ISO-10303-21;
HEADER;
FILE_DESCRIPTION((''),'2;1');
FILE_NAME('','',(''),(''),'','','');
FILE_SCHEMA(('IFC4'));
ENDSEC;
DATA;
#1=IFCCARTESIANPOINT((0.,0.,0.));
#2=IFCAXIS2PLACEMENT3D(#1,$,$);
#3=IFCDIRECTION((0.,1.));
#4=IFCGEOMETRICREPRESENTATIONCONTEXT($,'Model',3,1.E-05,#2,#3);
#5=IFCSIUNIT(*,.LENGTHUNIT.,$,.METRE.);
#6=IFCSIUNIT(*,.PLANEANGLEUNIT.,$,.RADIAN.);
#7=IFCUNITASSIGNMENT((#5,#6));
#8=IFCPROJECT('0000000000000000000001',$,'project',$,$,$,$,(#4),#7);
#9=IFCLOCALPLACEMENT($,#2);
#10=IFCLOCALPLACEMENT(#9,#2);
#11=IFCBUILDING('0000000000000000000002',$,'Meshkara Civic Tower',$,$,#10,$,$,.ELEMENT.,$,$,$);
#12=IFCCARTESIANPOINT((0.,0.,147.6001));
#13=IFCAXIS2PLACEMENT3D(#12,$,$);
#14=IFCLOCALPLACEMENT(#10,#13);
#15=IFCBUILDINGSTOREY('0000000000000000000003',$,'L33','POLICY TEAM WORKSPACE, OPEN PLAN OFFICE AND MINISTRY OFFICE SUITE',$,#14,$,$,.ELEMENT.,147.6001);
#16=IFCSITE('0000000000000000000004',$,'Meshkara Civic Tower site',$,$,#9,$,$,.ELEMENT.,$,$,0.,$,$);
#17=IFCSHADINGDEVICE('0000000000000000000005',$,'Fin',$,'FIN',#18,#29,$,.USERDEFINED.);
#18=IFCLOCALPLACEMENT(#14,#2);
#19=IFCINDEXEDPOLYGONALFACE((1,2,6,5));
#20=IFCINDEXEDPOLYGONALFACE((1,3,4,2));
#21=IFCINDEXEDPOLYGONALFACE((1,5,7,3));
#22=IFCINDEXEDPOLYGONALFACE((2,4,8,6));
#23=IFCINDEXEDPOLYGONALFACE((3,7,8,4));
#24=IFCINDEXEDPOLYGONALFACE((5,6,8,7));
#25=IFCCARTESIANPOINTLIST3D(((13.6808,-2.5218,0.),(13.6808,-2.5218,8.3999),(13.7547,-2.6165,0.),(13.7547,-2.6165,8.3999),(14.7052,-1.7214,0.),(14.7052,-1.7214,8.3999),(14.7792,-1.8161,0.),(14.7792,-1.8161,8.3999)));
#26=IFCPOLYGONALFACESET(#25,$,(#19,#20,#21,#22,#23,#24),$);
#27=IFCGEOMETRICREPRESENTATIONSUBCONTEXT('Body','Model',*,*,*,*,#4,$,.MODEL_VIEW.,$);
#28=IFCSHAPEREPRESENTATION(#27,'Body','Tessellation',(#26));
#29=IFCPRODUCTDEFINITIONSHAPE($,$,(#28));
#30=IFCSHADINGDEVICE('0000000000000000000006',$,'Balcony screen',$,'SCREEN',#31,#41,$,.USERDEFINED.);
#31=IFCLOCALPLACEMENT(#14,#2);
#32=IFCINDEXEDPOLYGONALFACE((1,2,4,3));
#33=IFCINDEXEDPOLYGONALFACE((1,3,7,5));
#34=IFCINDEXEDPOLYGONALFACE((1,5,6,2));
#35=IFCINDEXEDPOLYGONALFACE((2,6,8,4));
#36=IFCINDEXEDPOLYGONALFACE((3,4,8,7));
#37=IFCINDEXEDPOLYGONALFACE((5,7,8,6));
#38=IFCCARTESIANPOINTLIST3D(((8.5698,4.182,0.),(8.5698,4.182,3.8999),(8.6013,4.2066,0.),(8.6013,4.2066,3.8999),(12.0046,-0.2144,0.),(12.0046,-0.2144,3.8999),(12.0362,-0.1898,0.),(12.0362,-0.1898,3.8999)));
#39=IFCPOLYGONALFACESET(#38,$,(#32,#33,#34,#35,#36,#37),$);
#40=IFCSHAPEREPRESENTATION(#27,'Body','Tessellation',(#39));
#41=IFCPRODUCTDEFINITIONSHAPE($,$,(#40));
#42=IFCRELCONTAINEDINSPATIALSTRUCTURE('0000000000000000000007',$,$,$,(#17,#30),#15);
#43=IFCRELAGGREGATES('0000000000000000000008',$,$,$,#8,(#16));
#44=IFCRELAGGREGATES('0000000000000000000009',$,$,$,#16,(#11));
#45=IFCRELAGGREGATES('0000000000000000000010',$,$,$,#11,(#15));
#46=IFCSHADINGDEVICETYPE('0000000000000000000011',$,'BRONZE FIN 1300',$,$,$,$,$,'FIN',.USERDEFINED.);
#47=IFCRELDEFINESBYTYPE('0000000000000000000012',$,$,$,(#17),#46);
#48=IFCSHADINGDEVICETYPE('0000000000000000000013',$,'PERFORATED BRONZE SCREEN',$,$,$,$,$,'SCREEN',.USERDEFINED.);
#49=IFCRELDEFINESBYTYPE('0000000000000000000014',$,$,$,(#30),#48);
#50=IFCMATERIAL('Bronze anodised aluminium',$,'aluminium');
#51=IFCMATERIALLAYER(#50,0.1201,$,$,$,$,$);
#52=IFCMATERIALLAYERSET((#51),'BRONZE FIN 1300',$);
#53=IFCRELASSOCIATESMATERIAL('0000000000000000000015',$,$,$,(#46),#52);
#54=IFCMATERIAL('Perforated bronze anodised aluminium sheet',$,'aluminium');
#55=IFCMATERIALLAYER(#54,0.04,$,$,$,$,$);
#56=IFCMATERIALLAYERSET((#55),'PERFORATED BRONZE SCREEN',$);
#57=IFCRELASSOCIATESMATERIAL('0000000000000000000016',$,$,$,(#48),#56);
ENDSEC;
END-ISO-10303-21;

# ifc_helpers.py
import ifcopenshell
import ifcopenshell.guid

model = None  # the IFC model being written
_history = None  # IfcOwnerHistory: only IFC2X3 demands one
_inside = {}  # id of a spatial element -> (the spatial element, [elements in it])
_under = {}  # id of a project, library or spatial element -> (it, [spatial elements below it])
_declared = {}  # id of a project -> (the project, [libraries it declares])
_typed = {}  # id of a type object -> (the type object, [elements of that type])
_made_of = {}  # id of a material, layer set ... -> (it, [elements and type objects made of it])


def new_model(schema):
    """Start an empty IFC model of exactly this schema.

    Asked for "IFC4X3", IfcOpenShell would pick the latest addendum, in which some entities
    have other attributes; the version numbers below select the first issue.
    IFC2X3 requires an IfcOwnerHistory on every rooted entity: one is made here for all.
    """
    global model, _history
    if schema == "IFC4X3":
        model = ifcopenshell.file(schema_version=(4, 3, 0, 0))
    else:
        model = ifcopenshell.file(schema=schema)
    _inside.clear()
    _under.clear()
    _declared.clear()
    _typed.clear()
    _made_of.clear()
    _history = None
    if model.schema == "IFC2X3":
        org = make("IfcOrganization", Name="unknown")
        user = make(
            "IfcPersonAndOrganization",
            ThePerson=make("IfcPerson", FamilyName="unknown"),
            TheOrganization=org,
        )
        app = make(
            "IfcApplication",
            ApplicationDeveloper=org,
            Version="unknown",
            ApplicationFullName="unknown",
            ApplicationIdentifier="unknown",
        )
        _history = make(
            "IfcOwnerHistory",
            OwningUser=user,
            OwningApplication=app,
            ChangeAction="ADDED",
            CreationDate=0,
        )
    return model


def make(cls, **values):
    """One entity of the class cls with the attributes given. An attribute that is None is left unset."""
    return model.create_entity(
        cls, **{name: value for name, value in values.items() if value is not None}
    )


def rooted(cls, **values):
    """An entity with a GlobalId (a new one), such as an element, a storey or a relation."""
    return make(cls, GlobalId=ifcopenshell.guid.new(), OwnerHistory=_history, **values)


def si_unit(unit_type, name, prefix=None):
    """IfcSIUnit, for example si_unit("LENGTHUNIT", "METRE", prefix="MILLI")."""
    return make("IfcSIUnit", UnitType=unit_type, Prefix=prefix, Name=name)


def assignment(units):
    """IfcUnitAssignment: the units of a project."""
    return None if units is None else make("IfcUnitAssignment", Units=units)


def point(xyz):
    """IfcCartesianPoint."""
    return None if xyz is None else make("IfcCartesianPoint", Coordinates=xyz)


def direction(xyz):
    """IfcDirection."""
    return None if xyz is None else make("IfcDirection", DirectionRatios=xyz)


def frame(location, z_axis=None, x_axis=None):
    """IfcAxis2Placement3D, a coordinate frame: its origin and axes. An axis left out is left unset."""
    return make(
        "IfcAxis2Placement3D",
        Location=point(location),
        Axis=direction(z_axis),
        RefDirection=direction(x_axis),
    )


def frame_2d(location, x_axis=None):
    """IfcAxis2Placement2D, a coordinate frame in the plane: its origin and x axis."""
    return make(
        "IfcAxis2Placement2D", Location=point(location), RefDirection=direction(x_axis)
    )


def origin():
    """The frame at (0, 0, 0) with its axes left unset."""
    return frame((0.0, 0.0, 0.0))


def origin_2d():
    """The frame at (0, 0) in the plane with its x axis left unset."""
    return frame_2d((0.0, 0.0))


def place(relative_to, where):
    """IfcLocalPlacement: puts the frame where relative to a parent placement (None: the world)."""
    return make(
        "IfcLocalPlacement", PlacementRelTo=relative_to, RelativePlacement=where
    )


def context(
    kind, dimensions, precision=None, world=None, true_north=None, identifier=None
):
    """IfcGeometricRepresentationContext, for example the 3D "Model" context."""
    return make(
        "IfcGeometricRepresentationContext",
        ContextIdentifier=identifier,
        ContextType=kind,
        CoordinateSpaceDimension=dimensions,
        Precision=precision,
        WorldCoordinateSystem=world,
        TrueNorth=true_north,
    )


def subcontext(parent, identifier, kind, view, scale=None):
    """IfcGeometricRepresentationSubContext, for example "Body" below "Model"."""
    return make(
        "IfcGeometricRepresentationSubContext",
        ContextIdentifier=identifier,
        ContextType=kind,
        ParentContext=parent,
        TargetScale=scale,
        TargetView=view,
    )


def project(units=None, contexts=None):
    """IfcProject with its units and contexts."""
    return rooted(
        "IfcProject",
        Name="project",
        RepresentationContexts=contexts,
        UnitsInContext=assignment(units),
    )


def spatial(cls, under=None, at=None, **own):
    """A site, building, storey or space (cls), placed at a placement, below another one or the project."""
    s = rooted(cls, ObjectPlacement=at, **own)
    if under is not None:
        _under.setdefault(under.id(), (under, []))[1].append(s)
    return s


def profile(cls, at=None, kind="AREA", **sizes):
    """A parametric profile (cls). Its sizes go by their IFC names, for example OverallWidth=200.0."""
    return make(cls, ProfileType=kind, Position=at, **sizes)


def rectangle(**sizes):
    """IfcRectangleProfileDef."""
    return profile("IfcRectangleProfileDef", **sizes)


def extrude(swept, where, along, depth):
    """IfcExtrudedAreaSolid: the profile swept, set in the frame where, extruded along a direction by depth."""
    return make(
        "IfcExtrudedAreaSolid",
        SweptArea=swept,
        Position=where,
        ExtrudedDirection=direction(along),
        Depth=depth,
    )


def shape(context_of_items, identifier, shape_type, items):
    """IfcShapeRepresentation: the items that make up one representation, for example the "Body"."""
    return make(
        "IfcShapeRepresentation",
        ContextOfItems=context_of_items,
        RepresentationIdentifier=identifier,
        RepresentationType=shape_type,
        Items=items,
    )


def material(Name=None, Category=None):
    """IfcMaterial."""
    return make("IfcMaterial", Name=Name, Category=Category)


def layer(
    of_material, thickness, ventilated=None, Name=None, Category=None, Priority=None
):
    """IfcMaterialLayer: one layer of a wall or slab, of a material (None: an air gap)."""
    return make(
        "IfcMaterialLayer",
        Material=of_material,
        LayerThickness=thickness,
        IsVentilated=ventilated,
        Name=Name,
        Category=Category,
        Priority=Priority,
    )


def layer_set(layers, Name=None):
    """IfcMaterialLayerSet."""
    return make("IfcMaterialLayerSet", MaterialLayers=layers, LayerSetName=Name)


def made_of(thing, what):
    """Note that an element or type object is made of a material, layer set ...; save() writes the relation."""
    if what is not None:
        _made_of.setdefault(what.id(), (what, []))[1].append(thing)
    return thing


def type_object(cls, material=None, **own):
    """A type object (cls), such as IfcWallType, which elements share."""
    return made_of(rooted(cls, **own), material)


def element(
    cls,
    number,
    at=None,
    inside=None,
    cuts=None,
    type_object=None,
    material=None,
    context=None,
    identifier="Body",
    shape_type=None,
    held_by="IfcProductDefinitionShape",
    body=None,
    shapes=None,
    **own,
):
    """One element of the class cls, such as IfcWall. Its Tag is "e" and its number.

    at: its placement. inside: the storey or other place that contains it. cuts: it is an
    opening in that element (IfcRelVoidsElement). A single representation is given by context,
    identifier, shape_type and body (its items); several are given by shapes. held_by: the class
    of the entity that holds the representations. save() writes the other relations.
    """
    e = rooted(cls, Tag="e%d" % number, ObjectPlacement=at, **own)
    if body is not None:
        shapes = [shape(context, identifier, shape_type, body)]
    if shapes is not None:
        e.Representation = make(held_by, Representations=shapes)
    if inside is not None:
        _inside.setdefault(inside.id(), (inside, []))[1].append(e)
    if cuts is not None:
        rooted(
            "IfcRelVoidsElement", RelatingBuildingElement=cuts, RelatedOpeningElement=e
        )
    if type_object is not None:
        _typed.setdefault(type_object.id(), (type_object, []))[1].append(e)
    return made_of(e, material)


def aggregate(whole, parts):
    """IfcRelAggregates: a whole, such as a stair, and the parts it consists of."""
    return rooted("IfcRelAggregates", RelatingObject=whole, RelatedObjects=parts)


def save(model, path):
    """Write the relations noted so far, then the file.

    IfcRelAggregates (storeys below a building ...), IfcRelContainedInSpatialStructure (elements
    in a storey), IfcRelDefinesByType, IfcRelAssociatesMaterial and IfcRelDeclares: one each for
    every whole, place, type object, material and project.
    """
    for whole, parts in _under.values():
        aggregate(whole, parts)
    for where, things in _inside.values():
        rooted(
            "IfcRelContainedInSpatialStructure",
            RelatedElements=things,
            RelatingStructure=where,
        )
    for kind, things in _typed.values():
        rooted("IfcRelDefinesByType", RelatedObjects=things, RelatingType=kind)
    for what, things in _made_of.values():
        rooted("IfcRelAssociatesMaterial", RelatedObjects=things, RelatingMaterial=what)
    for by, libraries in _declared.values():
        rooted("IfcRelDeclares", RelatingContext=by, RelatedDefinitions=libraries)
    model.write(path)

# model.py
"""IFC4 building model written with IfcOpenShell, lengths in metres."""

from ifc_helpers import new_model, si_unit, direction, frame, origin, origin_2d, place, context, subcontext, project, spatial, rectangle, extrude, material, layer, layer_set, type_object, element, save


model = new_model("IFC4")

# Units and contexts
model_context = context("Model", 3, precision=1e-05, world=origin(), true_north=direction((0.0, 1.0)))
body_context = subcontext(model_context, "Body", "Model", "MODEL_VIEW")
ifc_project = project(units=[si_unit("LENGTHUNIT", "METRE"), si_unit("PLANEANGLEUNIT", "RADIAN")], contexts=[model_context])

# Site, building, storey
site_placement = place(None, origin())
site = spatial("IfcSite", under=ifc_project, at=site_placement, Name="Meshkara Civic Tower site", CompositionType="ELEMENT", RefElevation=0.0)
building_placement = place(site_placement, origin())
building = spatial("IfcBuilding", under=site, at=building_placement, Name="Meshkara Civic Tower", CompositionType="ELEMENT")
storey_placement = place(building_placement, frame((0.0, 0.0, 147.6001)))
storey = spatial("IfcBuildingStorey", under=building, at=storey_placement, Name="L33", Description="POLICY TEAM WORKSPACE, OPEN PLAN OFFICE AND MINISTRY OFFICE SUITE", CompositionType="ELEMENT", Elevation=147.6001)

# Shading devices
ifc_material_1 = material(Name="Bronze anodised aluminium", Category="aluminium")
ifc_layer_1 = layer(ifc_material_1, 0.1201)
ifc_layer_set_1 = layer_set([ifc_layer_1], Name="BRONZE FIN 1300")
shading_device_type_1 = type_object("IfcShadingDeviceType", Name="BRONZE FIN 1300", ElementType="FIN", PredefinedType="USERDEFINED", material=ifc_layer_set_1)
for number, where, z_axis, x_axis, name in (
    (1, (14.23, -2.1689, 0.0), (0.0, 0.0, 1.0), (0.615661, -0.788011, 0.0), "Fin"),
):
    element("IfcShadingDevice", number, at=place(storey_placement, frame(where, z_axis=z_axis, x_axis=x_axis)), inside=storey, type_object=shading_device_type_1, Name=name, ObjectType="FIN", PredefinedType="USERDEFINED", context=body_context, shape_type="SweptSolid", body=[
        extrude(rectangle(XDim=0.1201, YDim=1.3, at=origin_2d()), origin(), (0.0, 0.0, 1.0), 8.3999),
    ])
ifc_material_2 = material(Name="Perforated bronze anodised aluminium sheet", Category="aluminium")
ifc_layer_2 = layer(ifc_material_2, 0.04)
ifc_layer_set_2 = layer_set([ifc_layer_2], Name="PERFORATED BRONZE SCREEN")
shading_device_type_2 = type_object("IfcShadingDeviceType", Name="PERFORATED BRONZE SCREEN", ElementType="SCREEN", PredefinedType="USERDEFINED", material=ifc_layer_set_2)
shading_device_placement = place(storey_placement, frame((10.303, 1.9961, 0.0), z_axis=(0.0, 0.0, 1.0), x_axis=(0.615661, -0.788011, 0.0)))
element("IfcShadingDevice", 2, at=shading_device_placement, inside=storey, type_object=shading_device_type_2, Name="Balcony screen", ObjectType="SCREEN", PredefinedType="USERDEFINED", context=body_context, shape_type="SweptSolid", body=[
    extrude(rectangle(XDim=5.5791, YDim=0.04, at=origin_2d()), origin(), (0.0, 0.0, 1.0), 3.8999),
])

save(model, "model.ifc")
